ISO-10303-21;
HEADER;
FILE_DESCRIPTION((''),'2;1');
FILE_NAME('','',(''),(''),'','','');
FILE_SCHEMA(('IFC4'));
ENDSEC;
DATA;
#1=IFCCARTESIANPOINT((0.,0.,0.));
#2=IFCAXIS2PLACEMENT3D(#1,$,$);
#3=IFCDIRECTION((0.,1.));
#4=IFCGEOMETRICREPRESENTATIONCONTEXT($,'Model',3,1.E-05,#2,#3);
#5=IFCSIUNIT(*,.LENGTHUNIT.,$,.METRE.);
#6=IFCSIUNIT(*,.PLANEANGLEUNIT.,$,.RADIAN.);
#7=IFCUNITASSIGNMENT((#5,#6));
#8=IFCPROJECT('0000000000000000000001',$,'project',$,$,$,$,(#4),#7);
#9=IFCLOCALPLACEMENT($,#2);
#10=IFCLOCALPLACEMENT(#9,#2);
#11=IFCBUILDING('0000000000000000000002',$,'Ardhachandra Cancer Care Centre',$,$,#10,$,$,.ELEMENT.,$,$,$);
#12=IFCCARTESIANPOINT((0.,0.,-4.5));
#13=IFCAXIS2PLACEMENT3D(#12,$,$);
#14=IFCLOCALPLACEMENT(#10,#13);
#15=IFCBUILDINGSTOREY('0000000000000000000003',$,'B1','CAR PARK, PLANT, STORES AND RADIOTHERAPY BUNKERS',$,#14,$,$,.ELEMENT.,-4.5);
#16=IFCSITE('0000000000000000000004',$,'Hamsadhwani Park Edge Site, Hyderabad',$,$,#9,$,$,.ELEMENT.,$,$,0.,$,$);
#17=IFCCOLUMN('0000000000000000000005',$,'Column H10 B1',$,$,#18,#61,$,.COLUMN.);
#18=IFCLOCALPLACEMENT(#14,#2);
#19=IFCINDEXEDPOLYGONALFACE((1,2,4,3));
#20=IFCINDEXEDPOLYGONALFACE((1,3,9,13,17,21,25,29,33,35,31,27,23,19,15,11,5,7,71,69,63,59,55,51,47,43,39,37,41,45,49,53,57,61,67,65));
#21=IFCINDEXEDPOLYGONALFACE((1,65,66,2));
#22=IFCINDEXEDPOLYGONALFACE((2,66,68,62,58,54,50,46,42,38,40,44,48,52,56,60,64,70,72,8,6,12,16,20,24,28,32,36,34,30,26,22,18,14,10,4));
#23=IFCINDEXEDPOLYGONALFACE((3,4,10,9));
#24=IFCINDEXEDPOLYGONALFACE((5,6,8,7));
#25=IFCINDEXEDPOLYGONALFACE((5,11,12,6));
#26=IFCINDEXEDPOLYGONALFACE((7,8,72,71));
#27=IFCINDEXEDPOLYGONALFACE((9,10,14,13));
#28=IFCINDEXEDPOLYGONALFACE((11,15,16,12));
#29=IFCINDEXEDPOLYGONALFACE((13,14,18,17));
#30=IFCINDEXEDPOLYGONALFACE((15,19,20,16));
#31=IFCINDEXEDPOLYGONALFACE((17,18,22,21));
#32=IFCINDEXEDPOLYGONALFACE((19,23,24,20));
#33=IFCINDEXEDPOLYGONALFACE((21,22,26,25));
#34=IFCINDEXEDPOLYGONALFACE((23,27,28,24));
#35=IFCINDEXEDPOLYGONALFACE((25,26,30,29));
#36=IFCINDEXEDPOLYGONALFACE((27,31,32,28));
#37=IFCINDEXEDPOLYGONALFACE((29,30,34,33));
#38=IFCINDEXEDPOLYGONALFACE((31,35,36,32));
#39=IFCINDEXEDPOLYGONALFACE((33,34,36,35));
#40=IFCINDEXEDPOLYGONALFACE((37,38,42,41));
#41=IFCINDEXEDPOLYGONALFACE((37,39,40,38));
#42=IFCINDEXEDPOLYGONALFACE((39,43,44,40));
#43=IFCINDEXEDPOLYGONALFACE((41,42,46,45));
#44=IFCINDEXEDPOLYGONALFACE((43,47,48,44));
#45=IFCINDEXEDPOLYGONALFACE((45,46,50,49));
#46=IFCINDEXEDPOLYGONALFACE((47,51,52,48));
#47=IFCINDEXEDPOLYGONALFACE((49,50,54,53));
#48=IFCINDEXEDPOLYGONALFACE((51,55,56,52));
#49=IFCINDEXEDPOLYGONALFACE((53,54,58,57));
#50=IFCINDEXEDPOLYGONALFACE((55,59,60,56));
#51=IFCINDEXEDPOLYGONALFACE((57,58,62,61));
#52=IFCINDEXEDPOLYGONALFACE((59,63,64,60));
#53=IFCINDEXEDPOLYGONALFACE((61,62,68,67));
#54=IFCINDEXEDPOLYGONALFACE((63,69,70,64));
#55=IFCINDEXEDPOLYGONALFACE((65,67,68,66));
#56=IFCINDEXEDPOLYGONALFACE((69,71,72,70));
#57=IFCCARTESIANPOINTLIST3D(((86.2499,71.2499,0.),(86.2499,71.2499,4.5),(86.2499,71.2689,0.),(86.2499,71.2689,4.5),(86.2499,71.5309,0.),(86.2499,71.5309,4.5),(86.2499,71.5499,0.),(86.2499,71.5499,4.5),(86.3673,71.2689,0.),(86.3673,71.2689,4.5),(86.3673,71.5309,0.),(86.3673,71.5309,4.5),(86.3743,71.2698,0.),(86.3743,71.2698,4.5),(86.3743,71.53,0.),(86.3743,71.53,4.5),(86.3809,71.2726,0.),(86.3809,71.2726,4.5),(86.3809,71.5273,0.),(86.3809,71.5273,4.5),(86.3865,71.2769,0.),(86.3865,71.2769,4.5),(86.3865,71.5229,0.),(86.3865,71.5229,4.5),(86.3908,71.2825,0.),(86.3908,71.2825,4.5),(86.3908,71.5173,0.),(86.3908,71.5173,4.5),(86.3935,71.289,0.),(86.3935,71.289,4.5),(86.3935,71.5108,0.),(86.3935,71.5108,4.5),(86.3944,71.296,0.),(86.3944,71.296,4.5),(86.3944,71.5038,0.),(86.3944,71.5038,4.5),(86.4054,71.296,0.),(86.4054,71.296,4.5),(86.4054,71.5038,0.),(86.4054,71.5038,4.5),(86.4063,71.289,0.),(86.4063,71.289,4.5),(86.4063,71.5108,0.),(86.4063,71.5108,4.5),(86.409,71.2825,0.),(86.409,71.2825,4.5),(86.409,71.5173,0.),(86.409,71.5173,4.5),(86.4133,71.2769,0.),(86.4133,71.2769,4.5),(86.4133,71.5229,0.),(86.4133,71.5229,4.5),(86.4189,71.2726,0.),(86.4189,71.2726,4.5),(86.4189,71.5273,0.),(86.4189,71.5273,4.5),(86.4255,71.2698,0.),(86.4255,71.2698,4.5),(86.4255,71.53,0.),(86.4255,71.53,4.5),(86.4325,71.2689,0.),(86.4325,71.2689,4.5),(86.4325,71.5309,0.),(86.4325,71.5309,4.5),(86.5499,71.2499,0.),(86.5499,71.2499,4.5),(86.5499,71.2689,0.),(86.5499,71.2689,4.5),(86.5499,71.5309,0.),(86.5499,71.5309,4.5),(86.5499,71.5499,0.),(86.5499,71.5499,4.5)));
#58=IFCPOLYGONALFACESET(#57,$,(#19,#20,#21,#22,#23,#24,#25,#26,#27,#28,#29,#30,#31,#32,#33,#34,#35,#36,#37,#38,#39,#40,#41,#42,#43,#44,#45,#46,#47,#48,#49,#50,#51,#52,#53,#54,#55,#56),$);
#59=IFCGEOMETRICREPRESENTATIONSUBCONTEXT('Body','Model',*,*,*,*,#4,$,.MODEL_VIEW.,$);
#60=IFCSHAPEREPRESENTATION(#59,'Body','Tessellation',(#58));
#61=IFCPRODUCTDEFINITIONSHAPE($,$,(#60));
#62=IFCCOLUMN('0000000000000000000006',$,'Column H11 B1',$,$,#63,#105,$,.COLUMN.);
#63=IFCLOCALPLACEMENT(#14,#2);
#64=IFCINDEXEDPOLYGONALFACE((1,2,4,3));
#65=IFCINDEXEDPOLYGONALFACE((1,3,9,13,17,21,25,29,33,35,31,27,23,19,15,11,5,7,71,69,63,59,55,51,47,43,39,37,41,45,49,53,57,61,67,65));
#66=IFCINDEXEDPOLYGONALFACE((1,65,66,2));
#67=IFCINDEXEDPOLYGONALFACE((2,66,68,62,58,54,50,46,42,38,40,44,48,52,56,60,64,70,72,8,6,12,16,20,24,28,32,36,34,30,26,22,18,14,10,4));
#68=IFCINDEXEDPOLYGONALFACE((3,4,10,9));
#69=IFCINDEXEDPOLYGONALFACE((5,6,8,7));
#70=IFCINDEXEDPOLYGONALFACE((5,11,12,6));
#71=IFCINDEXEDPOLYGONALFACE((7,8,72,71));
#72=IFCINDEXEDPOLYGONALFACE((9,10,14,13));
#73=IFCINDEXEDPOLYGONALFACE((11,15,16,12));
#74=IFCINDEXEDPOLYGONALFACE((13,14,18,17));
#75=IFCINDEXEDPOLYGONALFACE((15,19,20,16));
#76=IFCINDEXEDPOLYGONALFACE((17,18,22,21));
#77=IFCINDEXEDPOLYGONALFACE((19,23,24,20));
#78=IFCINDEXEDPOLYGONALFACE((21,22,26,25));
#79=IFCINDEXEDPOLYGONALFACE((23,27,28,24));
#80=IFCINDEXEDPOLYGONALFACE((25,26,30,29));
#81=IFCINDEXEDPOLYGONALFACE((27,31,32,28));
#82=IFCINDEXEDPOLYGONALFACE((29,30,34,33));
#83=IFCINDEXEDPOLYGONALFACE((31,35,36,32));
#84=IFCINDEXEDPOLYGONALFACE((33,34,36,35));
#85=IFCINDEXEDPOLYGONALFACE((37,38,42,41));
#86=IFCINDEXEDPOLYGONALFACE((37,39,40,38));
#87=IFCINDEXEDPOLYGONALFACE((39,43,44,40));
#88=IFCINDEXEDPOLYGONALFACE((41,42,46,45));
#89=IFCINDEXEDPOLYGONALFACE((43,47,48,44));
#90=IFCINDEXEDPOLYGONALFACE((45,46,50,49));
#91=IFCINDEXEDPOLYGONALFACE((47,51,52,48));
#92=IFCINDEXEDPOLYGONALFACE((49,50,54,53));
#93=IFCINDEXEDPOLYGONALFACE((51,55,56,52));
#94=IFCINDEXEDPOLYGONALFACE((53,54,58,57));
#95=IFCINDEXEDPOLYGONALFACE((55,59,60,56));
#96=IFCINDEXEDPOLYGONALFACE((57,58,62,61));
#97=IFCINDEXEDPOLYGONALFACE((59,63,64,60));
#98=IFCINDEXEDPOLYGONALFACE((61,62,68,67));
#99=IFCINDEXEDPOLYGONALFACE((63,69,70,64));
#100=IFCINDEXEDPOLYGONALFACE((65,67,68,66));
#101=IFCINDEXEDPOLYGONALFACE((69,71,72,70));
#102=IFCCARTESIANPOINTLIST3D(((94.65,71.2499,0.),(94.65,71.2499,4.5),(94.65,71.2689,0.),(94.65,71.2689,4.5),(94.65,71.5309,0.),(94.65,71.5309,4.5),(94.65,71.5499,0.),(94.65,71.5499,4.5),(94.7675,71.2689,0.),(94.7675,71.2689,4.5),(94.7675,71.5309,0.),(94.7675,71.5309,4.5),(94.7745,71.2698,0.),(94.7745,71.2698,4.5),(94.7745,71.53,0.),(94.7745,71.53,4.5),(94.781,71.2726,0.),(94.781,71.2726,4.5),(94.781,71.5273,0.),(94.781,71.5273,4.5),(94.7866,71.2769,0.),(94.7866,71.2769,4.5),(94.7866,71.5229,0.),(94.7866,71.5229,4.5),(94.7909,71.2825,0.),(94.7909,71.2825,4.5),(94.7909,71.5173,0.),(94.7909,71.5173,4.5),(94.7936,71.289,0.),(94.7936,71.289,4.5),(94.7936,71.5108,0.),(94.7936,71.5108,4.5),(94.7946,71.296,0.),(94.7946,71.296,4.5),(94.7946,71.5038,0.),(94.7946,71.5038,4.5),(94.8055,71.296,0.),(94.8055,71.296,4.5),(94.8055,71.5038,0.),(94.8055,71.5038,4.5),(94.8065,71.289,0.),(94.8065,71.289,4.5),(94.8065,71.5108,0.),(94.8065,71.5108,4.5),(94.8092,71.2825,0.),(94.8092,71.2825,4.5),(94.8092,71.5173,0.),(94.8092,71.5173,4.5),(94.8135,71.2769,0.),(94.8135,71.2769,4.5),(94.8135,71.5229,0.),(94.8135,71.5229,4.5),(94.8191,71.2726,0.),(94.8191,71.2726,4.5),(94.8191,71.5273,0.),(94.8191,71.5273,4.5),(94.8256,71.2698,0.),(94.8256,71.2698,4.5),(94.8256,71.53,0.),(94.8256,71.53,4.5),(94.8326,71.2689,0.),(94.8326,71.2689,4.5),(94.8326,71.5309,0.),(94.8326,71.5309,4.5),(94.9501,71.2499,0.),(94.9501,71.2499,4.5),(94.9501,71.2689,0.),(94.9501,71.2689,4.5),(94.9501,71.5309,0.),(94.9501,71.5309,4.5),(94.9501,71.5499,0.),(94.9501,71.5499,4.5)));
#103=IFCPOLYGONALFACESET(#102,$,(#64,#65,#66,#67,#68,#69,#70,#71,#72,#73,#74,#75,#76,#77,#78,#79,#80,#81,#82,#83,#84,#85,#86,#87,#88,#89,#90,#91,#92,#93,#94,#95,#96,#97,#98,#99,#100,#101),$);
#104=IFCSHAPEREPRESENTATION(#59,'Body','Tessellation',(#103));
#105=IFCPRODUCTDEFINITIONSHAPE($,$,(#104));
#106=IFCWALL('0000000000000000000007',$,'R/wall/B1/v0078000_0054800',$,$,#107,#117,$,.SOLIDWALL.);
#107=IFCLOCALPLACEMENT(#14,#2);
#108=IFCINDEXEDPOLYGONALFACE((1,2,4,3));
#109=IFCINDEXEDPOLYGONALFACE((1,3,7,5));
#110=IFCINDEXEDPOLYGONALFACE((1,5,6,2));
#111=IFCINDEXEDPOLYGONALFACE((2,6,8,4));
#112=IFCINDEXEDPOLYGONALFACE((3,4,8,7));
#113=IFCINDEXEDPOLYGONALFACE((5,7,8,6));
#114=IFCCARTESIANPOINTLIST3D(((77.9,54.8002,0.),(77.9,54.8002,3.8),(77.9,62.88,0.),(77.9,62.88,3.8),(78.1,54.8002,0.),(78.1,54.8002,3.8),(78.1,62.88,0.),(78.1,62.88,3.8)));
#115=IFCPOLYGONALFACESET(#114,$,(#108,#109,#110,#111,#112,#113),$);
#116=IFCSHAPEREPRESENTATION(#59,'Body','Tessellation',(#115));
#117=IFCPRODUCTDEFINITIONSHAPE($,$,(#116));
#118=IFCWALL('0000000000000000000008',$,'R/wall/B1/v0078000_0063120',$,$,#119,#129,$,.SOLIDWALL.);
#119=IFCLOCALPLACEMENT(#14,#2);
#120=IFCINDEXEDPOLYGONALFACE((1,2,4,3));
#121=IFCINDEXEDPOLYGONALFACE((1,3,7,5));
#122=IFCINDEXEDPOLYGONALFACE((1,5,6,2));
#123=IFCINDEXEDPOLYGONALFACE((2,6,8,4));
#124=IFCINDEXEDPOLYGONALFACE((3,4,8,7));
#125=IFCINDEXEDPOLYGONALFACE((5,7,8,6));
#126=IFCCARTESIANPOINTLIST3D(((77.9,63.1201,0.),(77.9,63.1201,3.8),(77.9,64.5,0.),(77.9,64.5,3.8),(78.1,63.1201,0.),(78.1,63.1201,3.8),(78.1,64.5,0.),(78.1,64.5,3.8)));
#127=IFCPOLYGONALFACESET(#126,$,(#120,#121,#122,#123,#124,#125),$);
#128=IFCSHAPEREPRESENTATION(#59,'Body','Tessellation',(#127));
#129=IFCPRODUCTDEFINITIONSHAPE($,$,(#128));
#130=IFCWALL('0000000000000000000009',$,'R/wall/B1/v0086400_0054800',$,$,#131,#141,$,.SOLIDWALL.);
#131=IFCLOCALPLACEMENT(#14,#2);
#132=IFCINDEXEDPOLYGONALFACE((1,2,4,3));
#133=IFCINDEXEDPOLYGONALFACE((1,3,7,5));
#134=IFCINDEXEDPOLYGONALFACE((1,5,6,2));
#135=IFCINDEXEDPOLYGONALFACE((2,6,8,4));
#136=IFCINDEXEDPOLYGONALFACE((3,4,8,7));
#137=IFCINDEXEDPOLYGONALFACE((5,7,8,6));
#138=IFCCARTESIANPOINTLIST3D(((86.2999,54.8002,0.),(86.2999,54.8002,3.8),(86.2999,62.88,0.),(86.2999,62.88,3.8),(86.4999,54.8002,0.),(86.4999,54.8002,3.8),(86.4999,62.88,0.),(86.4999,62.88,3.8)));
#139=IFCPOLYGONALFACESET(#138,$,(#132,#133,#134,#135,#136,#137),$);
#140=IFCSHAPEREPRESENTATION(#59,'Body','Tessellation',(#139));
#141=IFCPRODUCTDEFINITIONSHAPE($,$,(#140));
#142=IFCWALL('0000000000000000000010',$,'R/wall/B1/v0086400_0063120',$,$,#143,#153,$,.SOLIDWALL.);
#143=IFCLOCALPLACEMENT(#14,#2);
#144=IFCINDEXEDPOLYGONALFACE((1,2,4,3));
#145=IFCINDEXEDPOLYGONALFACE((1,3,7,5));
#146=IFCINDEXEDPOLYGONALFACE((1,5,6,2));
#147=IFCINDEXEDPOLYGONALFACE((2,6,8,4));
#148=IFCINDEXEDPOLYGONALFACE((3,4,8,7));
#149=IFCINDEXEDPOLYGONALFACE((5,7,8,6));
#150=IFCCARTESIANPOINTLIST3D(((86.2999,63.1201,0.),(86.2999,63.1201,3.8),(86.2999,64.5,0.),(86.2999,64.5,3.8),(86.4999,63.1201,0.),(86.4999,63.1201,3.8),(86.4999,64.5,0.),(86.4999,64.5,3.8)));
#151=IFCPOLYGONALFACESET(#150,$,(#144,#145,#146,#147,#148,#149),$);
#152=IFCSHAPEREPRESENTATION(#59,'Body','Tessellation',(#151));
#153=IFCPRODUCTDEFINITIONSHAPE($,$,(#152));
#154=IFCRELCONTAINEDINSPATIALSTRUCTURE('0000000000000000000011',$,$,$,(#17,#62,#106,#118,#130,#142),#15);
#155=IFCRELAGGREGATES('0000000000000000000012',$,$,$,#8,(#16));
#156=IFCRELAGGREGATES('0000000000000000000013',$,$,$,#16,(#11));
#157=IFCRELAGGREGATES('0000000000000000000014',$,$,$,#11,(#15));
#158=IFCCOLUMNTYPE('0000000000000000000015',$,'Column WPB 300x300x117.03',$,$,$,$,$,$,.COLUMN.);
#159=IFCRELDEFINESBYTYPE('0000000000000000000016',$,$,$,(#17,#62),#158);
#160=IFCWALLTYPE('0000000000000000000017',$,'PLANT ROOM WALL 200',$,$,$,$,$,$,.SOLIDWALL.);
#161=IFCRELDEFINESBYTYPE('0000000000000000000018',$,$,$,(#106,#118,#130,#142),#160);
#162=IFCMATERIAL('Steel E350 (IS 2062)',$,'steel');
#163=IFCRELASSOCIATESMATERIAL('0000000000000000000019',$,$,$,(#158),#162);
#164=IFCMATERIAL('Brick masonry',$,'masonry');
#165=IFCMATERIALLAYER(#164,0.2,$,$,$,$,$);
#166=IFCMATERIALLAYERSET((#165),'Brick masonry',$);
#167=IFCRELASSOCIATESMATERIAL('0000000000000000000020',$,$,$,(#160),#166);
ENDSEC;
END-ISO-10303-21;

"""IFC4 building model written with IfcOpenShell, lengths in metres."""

from ifc_helpers import new_model, si_unit, direction, frame, frame_2d, origin, origin_2d, place, context, subcontext, project, spatial, rectangle, i_section, extrude, material, layer, layer_set, material_profile, profile_set, type_object, element, save


model = new_model("IFC4")

# Units and contexts
model_context = context("Model", 3, precision=1e-05, world=origin(), true_north=direction((0.0, 1.0)))
body_context = subcontext(model_context, "Body", "Model", "MODEL_VIEW")
ifc_project = project(units=[si_unit("LENGTHUNIT", "METRE"), si_unit("PLANEANGLEUNIT", "RADIAN")], contexts=[model_context])

# Site, building, storey
site_placement = place(None, origin())
site = spatial("IfcSite", under=ifc_project, at=site_placement, Name="Hamsadhwani Park Edge Site, Hyderabad", CompositionType="ELEMENT", RefElevation=0.0)
building_placement = place(site_placement, origin())
building = spatial("IfcBuilding", under=site, at=building_placement, Name="Ardhachandra Cancer Care Centre", CompositionType="ELEMENT")
storey_placement = place(building_placement, frame((0.0, 0.0, -4.5)))
storey = spatial("IfcBuildingStorey", under=building, at=storey_placement, Name="B1", Description="CAR PARK, PLANT, STORES AND RADIOTHERAPY BUNKERS", CompositionType="ELEMENT", Elevation=-4.5)

# Columns
ifc_material_1 = material(Name="Steel E350 (IS 2062)", Category="steel")
ifc_material_profile_1 = material_profile(ifc_material_1, i_section(OverallWidth=0.3, OverallDepth=0.3, WebThickness=0.011, FlangeThickness=0.019, FilletRadius=0.0271, at=origin_2d()), Name="WPB 300x300x117.03")
ifc_profile_set_1 = profile_set([ifc_material_profile_1], Name="Steel E350 (IS 2062)")
column_type_1 = type_object("IfcColumnType", Name="Column WPB 300x300x117.03", PredefinedType="COLUMN", material=ifc_profile_set_1)
for number, where, z_axis, x_axis, name in (
    (1, (86.3999, 71.3999, 0.0), (0.0, 0.0, 1.0), (1.0, 0.0, 0.0), "Column H10 B1"),
    (2, (94.8, 71.3999, 0.0), (0.0, 0.0, 1.0), (1.0, 0.0, 0.0), "Column H11 B1"),
):
    element("IfcColumn", number, at=place(storey_placement, frame(where, z_axis=z_axis, x_axis=x_axis)), inside=storey, type_object=column_type_1, Name=name, PredefinedType="COLUMN", context=body_context, shape_type="SweptSolid", body=[
        extrude(i_section(OverallWidth=0.3, OverallDepth=0.3, WebThickness=0.011, FlangeThickness=0.019, FilletRadius=0.0271, at=origin_2d()), origin(), (0.0, 0.0, 1.0), 4.5),
    ])

# Walls
ifc_material_2 = material(Name="Brick masonry", Category="masonry")
ifc_layer = layer(ifc_material_2, 0.2)
ifc_layer_set = layer_set([ifc_layer], Name="Brick masonry")
wall_type = type_object("IfcWallType", Name="PLANT ROOM WALL 200", PredefinedType="SOLIDWALL", material=ifc_layer_set)
wall_1_placement = place(storey_placement, frame((78.0, 54.8, 0.0), z_axis=(0.0, 0.0, 1.0), x_axis=(0.0, 1.0, 0.0)))
element("IfcWall", 3, at=wall_1_placement, inside=storey, type_object=wall_type, Name="R/wall/B1/v0078000_0054800", PredefinedType="SOLIDWALL", context=body_context, shape_type="SweptSolid", body=[
    extrude(rectangle(XDim=8.0798, YDim=0.2, at=frame_2d((4.04, 0.0))), origin(), (0.0, 0.0, 1.0), 3.8),
])
wall_2_placement = place(storey_placement, frame((78.0, 63.1201, 0.0), z_axis=(0.0, 0.0, 1.0), x_axis=(0.0, 1.0, 0.0)))
element("IfcWall", 4, at=wall_2_placement, inside=storey, type_object=wall_type, Name="R/wall/B1/v0078000_0063120", PredefinedType="SOLIDWALL", context=body_context, shape_type="SweptSolid", body=[
    extrude(rectangle(XDim=1.3799, YDim=0.2, at=frame_2d((0.6899, 0.0))), origin(), (0.0, 0.0, 1.0), 3.8),
])
wall_3_placement = place(storey_placement, frame((86.3999, 54.8, 0.0), z_axis=(0.0, 0.0, 1.0), x_axis=(0.0, 1.0, 0.0)))
element("IfcWall", 5, at=wall_3_placement, inside=storey, type_object=wall_type, Name="R/wall/B1/v0086400_0054800", PredefinedType="SOLIDWALL", context=body_context, shape_type="SweptSolid", body=[
    extrude(rectangle(XDim=8.0798, YDim=0.2, at=frame_2d((4.04, 0.0))), origin(), (0.0, 0.0, 1.0), 3.8),
])
wall_4_placement = place(storey_placement, frame((86.3999, 63.1201, 0.0), z_axis=(0.0, 0.0, 1.0), x_axis=(0.0, 1.0, 0.0)))
element("IfcWall", 6, at=wall_4_placement, inside=storey, type_object=wall_type, Name="R/wall/B1/v0086400_0063120", PredefinedType="SOLIDWALL", context=body_context, shape_type="SweptSolid", body=[
    extrude(rectangle(XDim=1.3799, YDim=0.2, at=frame_2d((0.6899, 0.0))), origin(), (0.0, 0.0, 1.0), 3.8),
])

save(model, "model.ifc")
